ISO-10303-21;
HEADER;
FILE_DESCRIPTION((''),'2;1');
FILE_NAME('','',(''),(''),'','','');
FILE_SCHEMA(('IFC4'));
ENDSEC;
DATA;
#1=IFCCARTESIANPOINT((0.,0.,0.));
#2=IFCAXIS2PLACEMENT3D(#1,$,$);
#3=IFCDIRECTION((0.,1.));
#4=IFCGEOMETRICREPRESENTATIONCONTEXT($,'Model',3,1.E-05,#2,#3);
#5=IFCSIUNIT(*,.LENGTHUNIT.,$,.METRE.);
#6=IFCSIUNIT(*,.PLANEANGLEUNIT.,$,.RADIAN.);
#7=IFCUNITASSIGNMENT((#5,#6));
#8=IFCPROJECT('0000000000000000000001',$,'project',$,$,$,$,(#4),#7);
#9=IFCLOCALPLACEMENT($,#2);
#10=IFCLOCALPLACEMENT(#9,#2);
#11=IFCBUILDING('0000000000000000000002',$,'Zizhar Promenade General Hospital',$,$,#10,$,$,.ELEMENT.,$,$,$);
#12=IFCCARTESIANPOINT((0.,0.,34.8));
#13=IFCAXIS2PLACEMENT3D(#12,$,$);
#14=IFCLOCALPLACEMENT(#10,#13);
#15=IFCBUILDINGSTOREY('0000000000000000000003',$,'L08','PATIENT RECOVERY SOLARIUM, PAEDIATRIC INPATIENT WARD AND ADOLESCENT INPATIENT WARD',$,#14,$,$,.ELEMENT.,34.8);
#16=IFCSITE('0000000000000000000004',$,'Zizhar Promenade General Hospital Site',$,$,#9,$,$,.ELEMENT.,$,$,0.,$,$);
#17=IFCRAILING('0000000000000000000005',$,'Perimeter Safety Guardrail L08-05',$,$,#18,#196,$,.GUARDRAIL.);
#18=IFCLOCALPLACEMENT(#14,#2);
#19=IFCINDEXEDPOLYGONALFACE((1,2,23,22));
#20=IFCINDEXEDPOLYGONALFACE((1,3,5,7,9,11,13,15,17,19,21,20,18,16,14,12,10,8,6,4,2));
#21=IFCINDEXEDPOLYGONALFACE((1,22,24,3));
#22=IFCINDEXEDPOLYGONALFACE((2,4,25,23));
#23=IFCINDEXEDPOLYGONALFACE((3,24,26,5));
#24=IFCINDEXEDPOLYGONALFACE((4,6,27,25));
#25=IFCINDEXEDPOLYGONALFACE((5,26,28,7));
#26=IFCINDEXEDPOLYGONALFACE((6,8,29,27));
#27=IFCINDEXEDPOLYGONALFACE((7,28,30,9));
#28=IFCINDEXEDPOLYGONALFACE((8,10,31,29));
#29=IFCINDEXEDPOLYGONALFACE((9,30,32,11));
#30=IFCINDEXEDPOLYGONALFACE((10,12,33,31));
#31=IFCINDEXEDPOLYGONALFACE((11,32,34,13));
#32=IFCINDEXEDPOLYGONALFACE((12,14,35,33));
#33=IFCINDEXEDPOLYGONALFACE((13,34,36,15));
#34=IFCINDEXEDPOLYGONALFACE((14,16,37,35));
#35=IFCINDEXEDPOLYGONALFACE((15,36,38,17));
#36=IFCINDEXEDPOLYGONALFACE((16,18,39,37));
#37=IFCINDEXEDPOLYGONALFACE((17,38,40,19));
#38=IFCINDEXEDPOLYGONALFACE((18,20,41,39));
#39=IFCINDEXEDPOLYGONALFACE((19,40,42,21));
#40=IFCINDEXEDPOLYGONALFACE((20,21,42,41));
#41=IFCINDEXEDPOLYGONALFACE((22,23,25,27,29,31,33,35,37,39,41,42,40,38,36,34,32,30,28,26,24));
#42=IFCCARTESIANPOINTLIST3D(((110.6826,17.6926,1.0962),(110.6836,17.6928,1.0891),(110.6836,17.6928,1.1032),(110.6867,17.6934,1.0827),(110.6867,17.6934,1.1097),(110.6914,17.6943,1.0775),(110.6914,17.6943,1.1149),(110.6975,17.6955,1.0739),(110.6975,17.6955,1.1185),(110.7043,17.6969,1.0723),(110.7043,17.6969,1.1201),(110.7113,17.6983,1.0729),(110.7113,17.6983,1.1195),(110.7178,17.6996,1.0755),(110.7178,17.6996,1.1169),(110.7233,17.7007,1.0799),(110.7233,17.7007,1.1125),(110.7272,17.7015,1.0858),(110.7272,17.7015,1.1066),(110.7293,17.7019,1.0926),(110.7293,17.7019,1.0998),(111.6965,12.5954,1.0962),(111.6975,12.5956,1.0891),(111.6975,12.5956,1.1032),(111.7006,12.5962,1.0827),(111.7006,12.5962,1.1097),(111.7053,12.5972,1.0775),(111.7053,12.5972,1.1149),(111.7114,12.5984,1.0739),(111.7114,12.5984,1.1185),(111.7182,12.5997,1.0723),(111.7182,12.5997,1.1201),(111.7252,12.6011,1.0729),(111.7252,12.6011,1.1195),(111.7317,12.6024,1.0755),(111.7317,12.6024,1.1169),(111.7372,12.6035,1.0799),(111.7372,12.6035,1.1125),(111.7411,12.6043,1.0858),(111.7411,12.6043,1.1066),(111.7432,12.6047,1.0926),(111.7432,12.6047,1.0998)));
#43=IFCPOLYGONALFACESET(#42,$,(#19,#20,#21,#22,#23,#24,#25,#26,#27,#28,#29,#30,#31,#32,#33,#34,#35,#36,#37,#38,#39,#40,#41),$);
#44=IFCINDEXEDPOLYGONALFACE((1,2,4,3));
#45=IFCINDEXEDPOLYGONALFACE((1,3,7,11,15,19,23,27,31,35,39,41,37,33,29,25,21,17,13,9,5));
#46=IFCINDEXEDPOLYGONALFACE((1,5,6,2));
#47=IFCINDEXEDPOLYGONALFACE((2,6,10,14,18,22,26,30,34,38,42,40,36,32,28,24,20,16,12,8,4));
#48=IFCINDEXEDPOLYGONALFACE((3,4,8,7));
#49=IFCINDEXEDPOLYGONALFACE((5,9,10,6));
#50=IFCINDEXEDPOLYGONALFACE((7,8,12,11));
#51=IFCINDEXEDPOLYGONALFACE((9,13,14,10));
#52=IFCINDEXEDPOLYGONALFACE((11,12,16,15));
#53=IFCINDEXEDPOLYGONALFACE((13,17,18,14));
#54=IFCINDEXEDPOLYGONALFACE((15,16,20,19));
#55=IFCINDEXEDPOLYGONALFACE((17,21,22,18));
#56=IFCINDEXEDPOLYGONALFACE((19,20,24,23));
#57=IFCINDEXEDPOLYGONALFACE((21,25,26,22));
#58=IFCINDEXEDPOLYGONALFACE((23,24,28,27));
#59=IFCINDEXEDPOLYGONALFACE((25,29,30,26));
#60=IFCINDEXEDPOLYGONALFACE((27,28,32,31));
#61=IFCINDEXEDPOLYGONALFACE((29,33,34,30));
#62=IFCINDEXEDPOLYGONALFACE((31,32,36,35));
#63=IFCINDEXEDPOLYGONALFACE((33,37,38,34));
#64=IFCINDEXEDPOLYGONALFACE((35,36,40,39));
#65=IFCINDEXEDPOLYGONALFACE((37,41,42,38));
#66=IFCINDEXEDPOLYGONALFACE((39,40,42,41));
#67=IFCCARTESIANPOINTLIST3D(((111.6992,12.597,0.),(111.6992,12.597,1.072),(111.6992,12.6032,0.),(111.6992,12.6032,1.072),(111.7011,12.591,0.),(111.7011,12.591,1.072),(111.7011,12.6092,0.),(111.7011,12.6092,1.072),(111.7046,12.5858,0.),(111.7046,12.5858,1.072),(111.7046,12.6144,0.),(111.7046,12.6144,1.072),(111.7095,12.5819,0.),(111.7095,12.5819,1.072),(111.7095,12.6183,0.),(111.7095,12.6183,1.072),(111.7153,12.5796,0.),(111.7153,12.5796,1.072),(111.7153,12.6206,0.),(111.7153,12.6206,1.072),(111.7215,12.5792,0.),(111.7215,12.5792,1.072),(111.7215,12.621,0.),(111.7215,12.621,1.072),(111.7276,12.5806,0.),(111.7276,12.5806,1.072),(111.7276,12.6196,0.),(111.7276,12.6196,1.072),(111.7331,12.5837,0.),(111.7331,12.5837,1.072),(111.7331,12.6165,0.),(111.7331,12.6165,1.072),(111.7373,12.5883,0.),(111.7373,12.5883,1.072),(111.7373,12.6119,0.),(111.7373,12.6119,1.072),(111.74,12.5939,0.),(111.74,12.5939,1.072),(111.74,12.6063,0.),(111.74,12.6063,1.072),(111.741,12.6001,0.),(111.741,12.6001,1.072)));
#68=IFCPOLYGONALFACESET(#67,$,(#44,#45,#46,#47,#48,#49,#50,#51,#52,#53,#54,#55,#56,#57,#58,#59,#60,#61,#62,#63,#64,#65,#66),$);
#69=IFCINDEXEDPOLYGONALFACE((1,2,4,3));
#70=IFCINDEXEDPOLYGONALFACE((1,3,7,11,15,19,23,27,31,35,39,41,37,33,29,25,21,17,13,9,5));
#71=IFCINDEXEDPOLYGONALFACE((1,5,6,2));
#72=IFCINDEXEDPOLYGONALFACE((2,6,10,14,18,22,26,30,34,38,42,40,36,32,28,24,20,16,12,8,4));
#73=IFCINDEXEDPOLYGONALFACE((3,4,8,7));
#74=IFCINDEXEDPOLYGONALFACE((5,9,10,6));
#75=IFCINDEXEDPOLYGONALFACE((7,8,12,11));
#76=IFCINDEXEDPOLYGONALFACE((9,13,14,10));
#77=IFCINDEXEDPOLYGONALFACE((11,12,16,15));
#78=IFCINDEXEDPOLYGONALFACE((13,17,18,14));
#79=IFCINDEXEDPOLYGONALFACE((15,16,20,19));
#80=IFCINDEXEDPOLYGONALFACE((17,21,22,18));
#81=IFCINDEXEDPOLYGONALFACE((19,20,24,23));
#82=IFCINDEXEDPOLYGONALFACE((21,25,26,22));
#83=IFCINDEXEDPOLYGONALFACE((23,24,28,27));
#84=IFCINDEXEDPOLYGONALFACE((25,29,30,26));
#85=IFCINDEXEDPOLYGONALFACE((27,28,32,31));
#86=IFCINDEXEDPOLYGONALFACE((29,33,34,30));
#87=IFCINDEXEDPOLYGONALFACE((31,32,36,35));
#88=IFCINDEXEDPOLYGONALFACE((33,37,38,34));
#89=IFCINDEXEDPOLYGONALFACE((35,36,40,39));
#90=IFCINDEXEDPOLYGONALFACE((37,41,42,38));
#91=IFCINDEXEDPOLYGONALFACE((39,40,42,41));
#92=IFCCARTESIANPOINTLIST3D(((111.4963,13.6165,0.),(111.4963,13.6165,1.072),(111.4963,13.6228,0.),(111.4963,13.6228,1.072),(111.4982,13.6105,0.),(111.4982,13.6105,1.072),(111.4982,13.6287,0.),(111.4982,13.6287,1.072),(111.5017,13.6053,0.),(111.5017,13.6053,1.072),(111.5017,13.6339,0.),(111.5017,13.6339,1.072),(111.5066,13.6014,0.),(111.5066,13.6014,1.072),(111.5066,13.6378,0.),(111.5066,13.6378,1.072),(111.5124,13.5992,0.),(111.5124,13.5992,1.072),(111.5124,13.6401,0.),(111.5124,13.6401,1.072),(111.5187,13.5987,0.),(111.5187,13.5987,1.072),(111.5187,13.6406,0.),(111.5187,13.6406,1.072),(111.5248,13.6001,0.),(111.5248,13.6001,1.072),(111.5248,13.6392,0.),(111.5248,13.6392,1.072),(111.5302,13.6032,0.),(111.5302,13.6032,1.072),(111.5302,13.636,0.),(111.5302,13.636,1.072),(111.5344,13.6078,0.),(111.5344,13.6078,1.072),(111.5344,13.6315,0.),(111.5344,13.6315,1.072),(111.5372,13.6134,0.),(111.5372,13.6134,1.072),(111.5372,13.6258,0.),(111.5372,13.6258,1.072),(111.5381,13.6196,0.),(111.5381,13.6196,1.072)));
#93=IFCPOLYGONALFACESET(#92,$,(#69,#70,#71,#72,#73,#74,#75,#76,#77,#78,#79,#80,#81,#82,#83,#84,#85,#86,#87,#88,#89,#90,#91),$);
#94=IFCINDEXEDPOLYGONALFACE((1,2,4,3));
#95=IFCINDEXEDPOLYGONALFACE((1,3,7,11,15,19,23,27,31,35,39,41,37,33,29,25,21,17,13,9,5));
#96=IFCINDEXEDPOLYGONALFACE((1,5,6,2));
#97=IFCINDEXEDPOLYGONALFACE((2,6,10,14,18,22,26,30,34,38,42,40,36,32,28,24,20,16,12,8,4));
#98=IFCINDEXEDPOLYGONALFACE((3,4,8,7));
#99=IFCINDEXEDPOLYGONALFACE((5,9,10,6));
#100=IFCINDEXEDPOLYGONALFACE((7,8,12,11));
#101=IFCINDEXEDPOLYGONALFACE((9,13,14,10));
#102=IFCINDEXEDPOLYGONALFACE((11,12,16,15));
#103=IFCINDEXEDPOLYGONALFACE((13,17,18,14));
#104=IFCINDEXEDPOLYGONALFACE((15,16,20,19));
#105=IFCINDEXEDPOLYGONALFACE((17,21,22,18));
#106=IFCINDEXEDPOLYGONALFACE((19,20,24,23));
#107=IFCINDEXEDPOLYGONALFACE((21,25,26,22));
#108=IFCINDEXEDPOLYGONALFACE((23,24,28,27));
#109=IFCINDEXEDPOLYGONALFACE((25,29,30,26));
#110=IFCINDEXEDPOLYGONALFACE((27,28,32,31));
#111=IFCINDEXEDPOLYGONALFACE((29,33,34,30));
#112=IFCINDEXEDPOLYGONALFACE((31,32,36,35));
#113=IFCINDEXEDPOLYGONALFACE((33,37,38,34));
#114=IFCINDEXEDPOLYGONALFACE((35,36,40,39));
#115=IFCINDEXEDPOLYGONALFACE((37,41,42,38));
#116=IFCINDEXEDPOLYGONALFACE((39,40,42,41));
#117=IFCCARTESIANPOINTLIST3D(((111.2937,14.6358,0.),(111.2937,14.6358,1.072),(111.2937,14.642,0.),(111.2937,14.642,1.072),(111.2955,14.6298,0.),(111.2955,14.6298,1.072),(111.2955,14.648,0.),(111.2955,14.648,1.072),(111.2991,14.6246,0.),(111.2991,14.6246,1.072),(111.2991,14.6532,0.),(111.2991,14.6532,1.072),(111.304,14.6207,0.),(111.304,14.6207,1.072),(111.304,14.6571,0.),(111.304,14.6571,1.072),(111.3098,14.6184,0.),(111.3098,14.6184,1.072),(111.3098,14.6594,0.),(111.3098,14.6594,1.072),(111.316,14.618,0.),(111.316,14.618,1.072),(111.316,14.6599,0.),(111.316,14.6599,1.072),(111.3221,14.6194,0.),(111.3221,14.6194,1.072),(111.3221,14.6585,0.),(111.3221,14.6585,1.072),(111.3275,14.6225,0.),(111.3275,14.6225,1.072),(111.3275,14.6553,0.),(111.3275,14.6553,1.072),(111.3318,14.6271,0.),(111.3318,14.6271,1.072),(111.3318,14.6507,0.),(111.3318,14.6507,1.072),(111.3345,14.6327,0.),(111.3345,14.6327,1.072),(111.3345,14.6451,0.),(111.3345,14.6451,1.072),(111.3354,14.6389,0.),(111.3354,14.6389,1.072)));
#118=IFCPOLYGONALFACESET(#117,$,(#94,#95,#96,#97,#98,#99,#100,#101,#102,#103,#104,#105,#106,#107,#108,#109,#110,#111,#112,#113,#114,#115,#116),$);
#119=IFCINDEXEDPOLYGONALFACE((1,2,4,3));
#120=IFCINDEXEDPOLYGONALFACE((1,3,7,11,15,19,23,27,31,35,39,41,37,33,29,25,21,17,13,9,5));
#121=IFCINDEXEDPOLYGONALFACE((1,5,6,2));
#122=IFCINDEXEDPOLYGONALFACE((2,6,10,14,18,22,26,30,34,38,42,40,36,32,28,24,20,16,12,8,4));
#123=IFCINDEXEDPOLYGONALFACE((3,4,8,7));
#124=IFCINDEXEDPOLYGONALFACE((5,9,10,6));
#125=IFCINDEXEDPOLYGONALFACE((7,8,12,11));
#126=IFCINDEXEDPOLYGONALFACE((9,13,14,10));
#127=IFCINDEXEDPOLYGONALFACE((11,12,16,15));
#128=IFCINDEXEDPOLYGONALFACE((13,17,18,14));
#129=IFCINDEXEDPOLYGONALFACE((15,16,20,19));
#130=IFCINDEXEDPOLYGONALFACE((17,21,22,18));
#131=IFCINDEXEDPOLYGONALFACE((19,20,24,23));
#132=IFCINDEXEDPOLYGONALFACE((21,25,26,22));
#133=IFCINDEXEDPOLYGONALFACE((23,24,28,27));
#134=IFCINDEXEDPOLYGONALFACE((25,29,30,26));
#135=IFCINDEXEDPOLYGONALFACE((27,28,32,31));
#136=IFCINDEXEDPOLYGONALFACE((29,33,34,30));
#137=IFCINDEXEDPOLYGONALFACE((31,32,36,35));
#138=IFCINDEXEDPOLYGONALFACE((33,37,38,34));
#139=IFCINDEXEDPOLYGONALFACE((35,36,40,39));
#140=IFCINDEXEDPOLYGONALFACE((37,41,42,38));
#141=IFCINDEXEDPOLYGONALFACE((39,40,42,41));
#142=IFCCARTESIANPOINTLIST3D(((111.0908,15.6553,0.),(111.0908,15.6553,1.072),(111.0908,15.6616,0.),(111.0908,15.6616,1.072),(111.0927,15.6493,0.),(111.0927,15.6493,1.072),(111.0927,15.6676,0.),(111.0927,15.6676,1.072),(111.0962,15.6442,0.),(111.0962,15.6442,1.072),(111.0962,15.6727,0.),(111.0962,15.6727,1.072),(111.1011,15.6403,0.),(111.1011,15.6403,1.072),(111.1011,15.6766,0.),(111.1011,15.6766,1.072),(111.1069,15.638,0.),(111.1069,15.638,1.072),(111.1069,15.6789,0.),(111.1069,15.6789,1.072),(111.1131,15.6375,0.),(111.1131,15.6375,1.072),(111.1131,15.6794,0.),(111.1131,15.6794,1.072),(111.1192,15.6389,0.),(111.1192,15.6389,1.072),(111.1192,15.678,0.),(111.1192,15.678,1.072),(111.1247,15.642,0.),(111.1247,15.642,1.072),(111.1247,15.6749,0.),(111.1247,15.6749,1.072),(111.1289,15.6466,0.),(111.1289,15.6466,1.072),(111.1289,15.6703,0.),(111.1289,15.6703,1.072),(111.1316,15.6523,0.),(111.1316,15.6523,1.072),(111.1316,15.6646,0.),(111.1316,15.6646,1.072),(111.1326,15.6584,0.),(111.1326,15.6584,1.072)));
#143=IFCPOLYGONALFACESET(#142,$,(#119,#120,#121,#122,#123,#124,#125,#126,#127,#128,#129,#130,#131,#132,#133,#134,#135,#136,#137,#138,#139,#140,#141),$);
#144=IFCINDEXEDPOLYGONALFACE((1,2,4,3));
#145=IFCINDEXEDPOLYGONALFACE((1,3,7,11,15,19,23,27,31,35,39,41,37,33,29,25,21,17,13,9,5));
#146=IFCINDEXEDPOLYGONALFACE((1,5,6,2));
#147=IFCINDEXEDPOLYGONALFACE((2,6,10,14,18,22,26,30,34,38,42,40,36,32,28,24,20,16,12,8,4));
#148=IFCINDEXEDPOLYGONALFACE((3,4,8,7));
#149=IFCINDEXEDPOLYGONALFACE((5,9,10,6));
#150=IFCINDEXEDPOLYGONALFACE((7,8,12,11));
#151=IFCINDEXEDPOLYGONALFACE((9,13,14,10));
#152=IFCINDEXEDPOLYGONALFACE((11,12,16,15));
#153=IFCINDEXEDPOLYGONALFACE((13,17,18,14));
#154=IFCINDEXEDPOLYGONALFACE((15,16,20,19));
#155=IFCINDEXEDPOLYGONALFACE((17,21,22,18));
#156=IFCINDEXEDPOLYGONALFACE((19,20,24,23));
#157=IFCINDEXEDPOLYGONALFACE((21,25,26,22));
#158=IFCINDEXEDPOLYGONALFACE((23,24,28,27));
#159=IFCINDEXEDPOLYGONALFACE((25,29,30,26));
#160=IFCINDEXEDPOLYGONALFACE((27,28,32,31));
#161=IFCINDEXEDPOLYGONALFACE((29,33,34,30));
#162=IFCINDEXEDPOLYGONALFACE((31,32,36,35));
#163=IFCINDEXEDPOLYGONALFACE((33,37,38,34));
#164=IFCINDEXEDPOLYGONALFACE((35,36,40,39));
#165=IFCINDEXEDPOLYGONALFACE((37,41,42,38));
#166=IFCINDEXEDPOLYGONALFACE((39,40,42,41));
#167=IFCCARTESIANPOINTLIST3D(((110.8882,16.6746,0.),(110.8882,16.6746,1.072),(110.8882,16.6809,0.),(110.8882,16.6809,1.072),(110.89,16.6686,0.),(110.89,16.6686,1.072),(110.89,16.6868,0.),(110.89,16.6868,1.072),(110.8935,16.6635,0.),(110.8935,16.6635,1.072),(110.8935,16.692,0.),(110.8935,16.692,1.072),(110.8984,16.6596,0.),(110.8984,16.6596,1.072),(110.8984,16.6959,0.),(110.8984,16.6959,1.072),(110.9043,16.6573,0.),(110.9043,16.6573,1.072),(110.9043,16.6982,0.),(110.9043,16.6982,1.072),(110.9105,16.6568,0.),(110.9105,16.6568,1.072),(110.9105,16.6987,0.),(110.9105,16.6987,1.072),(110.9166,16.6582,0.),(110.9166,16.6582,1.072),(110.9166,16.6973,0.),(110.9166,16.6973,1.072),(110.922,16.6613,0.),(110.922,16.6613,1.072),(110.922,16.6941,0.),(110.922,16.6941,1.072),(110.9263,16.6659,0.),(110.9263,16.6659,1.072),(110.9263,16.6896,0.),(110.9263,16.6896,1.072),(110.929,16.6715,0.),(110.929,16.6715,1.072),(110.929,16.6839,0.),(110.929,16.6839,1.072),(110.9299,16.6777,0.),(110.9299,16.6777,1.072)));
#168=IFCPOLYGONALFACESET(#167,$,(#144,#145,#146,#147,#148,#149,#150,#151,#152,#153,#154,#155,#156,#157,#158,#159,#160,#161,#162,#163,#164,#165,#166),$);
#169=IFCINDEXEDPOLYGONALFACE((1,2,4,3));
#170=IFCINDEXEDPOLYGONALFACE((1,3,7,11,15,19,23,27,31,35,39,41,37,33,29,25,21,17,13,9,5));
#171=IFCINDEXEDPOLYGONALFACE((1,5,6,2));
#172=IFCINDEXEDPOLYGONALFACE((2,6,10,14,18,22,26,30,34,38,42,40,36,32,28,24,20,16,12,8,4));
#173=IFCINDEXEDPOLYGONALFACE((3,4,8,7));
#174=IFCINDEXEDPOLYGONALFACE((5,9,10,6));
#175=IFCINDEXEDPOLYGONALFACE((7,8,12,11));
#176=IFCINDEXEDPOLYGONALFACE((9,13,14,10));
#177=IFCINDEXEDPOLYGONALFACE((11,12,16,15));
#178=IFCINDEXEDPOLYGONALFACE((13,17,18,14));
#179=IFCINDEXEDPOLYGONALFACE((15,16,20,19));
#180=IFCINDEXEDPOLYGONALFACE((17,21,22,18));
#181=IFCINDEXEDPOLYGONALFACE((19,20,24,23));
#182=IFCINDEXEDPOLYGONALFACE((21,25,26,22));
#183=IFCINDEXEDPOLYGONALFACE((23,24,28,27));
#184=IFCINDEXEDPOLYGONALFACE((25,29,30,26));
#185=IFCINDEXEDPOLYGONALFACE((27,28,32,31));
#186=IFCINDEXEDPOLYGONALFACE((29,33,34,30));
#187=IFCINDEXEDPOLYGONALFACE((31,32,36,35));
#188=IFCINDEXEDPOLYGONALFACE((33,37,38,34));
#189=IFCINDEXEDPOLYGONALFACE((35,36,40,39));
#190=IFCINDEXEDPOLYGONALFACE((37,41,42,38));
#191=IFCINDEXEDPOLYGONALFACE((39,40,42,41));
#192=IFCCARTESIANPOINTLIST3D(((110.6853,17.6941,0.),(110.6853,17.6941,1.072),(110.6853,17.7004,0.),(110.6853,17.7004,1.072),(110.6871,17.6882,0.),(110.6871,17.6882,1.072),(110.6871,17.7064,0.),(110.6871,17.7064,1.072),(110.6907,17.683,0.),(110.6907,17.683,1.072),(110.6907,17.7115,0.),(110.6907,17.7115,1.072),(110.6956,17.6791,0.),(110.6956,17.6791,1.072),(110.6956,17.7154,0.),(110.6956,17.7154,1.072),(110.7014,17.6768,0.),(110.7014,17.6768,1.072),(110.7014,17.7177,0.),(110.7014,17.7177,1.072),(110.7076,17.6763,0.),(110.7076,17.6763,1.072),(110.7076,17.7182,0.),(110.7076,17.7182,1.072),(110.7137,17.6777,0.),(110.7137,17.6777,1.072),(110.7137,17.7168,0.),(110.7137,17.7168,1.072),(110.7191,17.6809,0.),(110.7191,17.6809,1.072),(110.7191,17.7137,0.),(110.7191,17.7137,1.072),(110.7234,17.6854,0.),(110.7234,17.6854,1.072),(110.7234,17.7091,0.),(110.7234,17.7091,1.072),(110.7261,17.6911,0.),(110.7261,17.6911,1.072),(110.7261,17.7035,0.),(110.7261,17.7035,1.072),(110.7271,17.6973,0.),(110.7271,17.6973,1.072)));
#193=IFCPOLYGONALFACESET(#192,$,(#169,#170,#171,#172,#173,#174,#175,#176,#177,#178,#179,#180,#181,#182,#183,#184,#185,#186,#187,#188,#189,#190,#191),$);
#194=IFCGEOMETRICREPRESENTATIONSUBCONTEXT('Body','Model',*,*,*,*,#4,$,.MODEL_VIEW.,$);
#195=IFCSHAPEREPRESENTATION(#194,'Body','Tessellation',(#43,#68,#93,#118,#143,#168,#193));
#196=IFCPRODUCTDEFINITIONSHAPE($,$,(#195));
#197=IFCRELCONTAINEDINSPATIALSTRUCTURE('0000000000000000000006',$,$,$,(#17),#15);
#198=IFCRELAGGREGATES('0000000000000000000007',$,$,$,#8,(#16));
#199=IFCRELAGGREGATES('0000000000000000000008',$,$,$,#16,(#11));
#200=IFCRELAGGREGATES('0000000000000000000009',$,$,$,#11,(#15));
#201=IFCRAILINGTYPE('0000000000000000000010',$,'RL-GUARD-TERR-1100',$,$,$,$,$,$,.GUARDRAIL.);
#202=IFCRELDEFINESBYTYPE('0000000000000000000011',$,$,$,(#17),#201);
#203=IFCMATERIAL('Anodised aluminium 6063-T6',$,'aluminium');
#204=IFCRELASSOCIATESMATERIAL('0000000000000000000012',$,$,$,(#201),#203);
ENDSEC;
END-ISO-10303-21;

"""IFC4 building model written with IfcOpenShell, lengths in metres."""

from ifc_helpers import new_model, si_unit, direction, frame, origin, origin_2d, place, context, subcontext, project, spatial, circle, hollow_circle, extrude, material, material_profile, profile_set, type_object, element, save


model = new_model("IFC4")

# Units and contexts
model_context = context("Model", 3, precision=1e-05, world=origin(), true_north=direction((0.0, 1.0)))
body_context = subcontext(model_context, "Body", "Model", "MODEL_VIEW")
ifc_project = project(units=[si_unit("LENGTHUNIT", "METRE"), si_unit("PLANEANGLEUNIT", "RADIAN")], contexts=[model_context])

# Site, building, storey
site_placement = place(None, origin())
site = spatial("IfcSite", under=ifc_project, at=site_placement, Name="Zizhar Promenade General Hospital Site", CompositionType="ELEMENT", RefElevation=0.0)
building_placement = place(site_placement, origin())
building = spatial("IfcBuilding", under=site, at=building_placement, Name="Zizhar Promenade General Hospital", CompositionType="ELEMENT")
storey_placement = place(building_placement, frame((0.0, 0.0, 34.8)))
storey = spatial("IfcBuildingStorey", under=building, at=storey_placement, Name="L08", Description="PATIENT RECOVERY SOLARIUM, PAEDIATRIC INPATIENT WARD AND ADOLESCENT INPATIENT WARD", CompositionType="ELEMENT", Elevation=34.8)

# Railing
ifc_material_1 = material(Name="Anodised aluminium 6063-T6", Category="aluminium")
ifc_material_profile_1 = material_profile(ifc_material_1, hollow_circle(Radius=0.0698, WallThickness=0.0063, at=origin_2d()))
ifc_profile_set_1 = profile_set([ifc_material_profile_1], Name="Anodised aluminium 6063-T6")
railing_type = type_object("IfcRailingType", Name="RL-GUARD-TERR-1100", PredefinedType="GUARDRAIL", material=ifc_profile_set_1)
railing_1_placement = place(storey_placement, frame((111.72, 12.6001, 0.0)))
element("IfcRailing", 1, at=railing_1_placement, inside=storey, type_object=railing_type, Name="Perimeter Safety Guardrail L08-05", PredefinedType="GUARDRAIL", context=body_context, shape_type="SweptSolid", body=[
    extrude(circle(Radius=0.0239, at=origin_2d()), frame((0.0, 0.0, 1.0962), z_axis=(-0.195095, 0.980784, 0.0), x_axis=(-0.980784, -0.195095, 0.0)), (0.0, 0.0, 1.0), 5.197),
    extrude(circle(Radius=0.021, at=origin_2d()), origin(), (0.0, 0.0, 1.0), 1.072),
    extrude(circle(Radius=0.021, at=origin_2d()), frame((-0.2029, 1.0195, 0.0)), (0.0, 0.0, 1.0), 1.072),
    extrude(circle(Radius=0.021, at=origin_2d()), frame((-0.4055, 2.0388, 0.0)), (0.0, 0.0, 1.0), 1.072),
    extrude(circle(Radius=0.021, at=origin_2d()), frame((-0.6084, 3.0583, 0.0)), (0.0, 0.0, 1.0), 1.072),
    extrude(circle(Radius=0.021, at=origin_2d()), frame((-0.811, 4.0776, 0.0)), (0.0, 0.0, 1.0), 1.072),
    extrude(circle(Radius=0.021, at=origin_2d()), frame((-1.0139, 5.0972, 0.0)), (0.0, 0.0, 1.0), 1.072),
])

save(model, "model.ifc")
